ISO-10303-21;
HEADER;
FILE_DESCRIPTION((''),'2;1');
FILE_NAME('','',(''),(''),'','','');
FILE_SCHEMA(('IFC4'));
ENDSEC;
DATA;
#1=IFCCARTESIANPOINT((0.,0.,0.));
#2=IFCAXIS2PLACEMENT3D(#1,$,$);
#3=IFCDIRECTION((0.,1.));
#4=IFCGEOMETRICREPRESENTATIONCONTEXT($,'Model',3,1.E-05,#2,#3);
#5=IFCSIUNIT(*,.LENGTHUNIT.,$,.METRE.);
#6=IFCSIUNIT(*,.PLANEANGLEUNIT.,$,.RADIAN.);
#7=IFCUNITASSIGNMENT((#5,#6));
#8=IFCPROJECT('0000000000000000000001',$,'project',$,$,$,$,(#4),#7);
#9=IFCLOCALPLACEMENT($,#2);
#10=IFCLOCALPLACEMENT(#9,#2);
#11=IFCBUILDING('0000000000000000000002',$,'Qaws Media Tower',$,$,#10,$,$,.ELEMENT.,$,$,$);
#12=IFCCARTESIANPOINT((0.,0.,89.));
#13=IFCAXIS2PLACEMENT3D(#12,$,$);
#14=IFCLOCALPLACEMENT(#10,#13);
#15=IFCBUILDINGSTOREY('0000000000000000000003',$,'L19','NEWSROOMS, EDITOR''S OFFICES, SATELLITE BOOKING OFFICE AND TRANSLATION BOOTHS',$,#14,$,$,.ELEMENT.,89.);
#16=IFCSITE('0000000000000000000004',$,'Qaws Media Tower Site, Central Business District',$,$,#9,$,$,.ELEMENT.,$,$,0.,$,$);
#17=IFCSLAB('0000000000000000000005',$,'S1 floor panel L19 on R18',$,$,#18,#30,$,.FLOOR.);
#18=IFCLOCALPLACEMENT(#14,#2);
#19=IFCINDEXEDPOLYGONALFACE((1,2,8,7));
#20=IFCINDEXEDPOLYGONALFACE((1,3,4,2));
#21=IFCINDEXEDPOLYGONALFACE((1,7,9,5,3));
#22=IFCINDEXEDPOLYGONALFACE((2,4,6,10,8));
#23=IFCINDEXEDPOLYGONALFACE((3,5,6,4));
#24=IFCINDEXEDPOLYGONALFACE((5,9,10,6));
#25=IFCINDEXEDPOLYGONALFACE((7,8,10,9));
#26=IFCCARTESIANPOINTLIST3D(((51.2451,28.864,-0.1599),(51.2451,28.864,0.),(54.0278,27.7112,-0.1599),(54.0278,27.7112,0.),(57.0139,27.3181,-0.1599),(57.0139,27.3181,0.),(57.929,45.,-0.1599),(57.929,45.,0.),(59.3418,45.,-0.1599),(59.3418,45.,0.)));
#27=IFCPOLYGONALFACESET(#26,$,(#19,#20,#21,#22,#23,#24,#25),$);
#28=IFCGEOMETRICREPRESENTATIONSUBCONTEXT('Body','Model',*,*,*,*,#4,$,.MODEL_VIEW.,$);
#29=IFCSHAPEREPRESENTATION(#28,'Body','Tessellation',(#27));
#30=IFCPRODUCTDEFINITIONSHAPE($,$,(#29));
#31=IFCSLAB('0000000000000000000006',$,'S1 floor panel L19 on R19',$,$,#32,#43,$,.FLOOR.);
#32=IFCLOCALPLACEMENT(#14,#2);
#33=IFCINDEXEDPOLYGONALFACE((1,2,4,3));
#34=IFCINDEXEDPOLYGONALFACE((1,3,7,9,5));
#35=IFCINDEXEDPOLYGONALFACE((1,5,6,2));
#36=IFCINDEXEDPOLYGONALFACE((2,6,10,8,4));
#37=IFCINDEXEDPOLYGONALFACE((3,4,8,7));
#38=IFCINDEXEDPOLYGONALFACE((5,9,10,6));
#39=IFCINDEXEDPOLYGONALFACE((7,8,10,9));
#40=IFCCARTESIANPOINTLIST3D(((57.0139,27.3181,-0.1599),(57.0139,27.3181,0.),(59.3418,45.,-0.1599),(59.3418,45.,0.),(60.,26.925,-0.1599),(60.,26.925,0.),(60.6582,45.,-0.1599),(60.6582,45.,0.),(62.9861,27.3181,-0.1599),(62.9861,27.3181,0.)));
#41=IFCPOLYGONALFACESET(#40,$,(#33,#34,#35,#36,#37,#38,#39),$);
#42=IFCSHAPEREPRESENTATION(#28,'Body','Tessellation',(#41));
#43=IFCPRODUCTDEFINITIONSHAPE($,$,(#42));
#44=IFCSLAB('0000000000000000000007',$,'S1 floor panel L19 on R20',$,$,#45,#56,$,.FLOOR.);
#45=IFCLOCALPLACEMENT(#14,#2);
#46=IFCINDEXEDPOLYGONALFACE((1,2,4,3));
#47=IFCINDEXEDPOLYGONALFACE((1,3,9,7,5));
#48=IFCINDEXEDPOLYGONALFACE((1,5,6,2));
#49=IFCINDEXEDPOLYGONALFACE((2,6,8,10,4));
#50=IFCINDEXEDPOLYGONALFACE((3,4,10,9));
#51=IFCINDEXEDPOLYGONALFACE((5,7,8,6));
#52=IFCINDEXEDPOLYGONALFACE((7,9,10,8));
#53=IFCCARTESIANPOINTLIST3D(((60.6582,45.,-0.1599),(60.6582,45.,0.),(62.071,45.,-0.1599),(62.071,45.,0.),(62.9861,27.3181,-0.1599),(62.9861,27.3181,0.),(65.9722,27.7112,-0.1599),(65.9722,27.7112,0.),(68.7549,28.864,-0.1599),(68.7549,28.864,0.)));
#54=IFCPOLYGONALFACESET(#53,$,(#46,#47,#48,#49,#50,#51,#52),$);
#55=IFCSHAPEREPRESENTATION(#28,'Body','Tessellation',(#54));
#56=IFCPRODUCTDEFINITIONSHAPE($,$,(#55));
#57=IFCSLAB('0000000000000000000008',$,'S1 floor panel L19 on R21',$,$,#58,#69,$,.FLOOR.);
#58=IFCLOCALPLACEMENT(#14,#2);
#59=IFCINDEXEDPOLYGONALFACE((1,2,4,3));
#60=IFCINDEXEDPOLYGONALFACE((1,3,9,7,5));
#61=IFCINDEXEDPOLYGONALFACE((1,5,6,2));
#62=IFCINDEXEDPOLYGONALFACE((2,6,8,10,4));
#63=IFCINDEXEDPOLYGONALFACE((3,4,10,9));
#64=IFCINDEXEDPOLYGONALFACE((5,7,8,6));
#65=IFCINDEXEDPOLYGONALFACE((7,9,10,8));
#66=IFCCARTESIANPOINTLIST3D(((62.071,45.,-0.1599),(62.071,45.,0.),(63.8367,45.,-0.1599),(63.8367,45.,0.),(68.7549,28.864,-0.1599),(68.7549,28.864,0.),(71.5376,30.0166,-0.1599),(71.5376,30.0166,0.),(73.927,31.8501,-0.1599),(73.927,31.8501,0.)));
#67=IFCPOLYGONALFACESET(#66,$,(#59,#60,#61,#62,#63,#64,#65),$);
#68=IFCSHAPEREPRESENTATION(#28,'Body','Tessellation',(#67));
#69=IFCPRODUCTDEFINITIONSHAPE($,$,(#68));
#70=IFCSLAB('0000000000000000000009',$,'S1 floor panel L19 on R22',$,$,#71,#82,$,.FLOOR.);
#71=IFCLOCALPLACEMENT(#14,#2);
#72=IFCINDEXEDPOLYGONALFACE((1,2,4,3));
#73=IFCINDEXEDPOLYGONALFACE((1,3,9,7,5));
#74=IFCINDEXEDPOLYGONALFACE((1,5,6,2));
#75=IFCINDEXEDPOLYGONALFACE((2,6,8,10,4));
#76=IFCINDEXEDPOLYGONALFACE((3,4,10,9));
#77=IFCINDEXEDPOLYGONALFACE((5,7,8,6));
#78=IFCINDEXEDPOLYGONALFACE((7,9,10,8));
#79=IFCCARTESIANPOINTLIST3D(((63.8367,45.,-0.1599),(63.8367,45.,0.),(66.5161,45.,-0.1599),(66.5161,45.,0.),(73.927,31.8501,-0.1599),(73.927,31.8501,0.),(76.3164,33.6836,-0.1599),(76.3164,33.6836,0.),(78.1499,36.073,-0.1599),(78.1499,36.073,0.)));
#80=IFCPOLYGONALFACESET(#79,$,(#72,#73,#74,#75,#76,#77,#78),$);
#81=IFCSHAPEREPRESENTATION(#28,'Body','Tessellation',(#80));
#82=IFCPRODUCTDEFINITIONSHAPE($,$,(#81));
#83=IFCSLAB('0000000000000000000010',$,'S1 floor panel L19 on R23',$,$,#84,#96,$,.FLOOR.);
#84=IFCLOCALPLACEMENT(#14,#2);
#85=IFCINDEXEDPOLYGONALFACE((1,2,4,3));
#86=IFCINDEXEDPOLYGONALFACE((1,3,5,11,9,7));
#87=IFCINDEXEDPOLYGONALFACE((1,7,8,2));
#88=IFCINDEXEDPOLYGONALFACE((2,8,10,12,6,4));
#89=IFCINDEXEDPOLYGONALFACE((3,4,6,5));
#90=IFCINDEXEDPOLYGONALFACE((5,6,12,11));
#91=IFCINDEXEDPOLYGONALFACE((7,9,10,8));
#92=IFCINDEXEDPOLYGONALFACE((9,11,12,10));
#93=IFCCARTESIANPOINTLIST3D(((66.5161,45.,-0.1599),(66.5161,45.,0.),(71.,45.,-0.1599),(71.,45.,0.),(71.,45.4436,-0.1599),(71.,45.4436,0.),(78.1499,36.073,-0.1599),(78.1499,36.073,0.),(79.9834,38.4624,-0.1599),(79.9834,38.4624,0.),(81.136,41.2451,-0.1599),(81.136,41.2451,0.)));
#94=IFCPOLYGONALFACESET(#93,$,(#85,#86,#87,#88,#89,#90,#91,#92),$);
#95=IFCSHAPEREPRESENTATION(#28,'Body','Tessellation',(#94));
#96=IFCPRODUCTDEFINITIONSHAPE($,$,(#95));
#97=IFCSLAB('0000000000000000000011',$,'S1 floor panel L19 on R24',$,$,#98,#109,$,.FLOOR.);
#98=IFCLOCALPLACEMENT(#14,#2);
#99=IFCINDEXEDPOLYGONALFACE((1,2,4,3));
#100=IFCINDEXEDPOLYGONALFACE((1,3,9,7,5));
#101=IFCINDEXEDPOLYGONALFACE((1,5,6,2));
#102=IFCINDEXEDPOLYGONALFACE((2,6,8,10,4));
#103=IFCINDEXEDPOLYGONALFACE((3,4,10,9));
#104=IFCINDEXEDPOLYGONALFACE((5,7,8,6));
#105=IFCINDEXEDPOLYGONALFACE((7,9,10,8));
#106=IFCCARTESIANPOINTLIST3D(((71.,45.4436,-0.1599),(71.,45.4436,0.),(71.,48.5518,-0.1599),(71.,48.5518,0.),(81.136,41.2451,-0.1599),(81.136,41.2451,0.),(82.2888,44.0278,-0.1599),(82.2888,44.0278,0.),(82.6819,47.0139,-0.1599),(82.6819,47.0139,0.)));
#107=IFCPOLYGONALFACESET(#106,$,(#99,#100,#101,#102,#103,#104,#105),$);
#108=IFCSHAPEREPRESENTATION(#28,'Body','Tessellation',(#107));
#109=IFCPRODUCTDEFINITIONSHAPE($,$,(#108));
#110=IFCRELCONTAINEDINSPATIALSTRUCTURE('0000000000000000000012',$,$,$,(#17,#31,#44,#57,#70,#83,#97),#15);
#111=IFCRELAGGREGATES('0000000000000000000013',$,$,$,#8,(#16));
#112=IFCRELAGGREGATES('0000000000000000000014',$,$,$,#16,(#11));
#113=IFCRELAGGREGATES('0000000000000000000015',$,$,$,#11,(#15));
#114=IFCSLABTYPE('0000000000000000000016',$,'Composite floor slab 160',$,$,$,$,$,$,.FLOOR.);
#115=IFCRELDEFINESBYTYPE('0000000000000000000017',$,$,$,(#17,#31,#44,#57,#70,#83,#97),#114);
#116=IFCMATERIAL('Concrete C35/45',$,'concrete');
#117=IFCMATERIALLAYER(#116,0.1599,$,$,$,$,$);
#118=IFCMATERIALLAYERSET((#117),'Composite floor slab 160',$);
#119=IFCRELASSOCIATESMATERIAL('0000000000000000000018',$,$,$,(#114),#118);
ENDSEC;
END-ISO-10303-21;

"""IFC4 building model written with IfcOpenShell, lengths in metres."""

from ifc_helpers import new_model, si_unit, direction, frame, origin, place, context, subcontext, project, spatial, polyline, outline, extrude, material, layer, layer_set, type_object, element, save


model = new_model("IFC4")

# Units and contexts
model_context = context("Model", 3, precision=1e-05, world=origin(), true_north=direction((0.0, 1.0)))
body_context = subcontext(model_context, "Body", "Model", "MODEL_VIEW")
ifc_project = project(units=[si_unit("LENGTHUNIT", "METRE"), si_unit("PLANEANGLEUNIT", "RADIAN")], contexts=[model_context])

# Site, building, storey
site_placement = place(None, origin())
site = spatial("IfcSite", under=ifc_project, at=site_placement, Name="Qaws Media Tower Site, Central Business District", CompositionType="ELEMENT", RefElevation=0.0)
building_placement = place(site_placement, origin())
building = spatial("IfcBuilding", under=site, at=building_placement, Name="Qaws Media Tower", CompositionType="ELEMENT")
storey_placement = place(building_placement, frame((0.0, 0.0, 89.0)))
storey = spatial("IfcBuildingStorey", under=building, at=storey_placement, Name="L19", Description="NEWSROOMS, EDITOR'S OFFICES, SATELLITE BOOKING OFFICE AND TRANSLATION BOOTHS", CompositionType="ELEMENT", Elevation=89.0)

# Slabs
ifc_material_1 = material(Name="Concrete C35/45", Category="concrete")
ifc_layer_1 = layer(ifc_material_1, 0.1599)
ifc_layer_set_1 = layer_set([ifc_layer_1], Name="Composite floor slab 160")
slab_type_1 = type_object("IfcSlabType", Name="Composite floor slab 160", PredefinedType="FLOOR", material=ifc_layer_set_1)
slab_1_placement = place(storey_placement, frame((0.0, 0.0, -0.1599)))
element("IfcSlab", 1, at=slab_1_placement, inside=storey, type_object=slab_type_1, Name="S1 floor panel L19 on R18", PredefinedType="FLOOR", context=body_context, shape_type="SweptSolid", body=[
    extrude(outline(polyline([(54.0278, 27.7112), (51.2451, 28.864), (57.929, 45.0), (59.3418, 45.0), (57.0139, 27.3181), (54.0278, 27.7112)])), origin(), (0.0, 0.0, 1.0), 0.1599),
])
slab_2_placement = place(storey_placement, frame((0.0, 0.0, -0.1599)))
element("IfcSlab", 2, at=slab_2_placement, inside=storey, type_object=slab_type_1, Name="S1 floor panel L19 on R19", PredefinedType="FLOOR", context=body_context, shape_type="SweptSolid", body=[
    extrude(outline(polyline([(60.0, 26.925), (57.0139, 27.3181), (59.3418, 45.0), (60.6582, 45.0), (62.9861, 27.3181), (60.0, 26.925)])), origin(), (0.0, 0.0, 1.0), 0.1599),
])
slab_3_placement = place(storey_placement, frame((0.0, 0.0, -0.1599)))
element("IfcSlab", 3, at=slab_3_placement, inside=storey, type_object=slab_type_1, Name="S1 floor panel L19 on R20", PredefinedType="FLOOR", context=body_context, shape_type="SweptSolid", body=[
    extrude(outline(polyline([(65.9722, 27.7112), (62.9861, 27.3181), (60.6582, 45.0), (62.071, 45.0), (68.7549, 28.864), (65.9722, 27.7112)])), origin(), (0.0, 0.0, 1.0), 0.1599),
])
slab_4_placement = place(storey_placement, frame((0.0, 0.0, -0.1599)))
element("IfcSlab", 4, at=slab_4_placement, inside=storey, type_object=slab_type_1, Name="S1 floor panel L19 on R21", PredefinedType="FLOOR", context=body_context, shape_type="SweptSolid", body=[
    extrude(outline(polyline([(71.5376, 30.0166), (68.7549, 28.864), (62.071, 45.0), (63.8367, 45.0), (73.927, 31.8501), (71.5376, 30.0166)])), origin(), (0.0, 0.0, 1.0), 0.1599),
])
slab_5_placement = place(storey_placement, frame((0.0, 0.0, -0.1599)))
element("IfcSlab", 5, at=slab_5_placement, inside=storey, type_object=slab_type_1, Name="S1 floor panel L19 on R22", PredefinedType="FLOOR", context=body_context, shape_type="SweptSolid", body=[
    extrude(outline(polyline([(76.3164, 33.6836), (73.927, 31.8501), (63.8367, 45.0), (66.5161, 45.0), (78.1499, 36.073), (76.3164, 33.6836)])), origin(), (0.0, 0.0, 1.0), 0.1599),
])
slab_6_placement = place(storey_placement, frame((0.0, 0.0, -0.1599)))
element("IfcSlab", 6, at=slab_6_placement, inside=storey, type_object=slab_type_1, Name="S1 floor panel L19 on R23", PredefinedType="FLOOR", context=body_context, shape_type="SweptSolid", body=[
    extrude(outline(polyline([(79.9834, 38.4624), (78.1499, 36.073), (66.5161, 45.0), (71.0, 45.0), (71.0, 45.4436), (81.136, 41.2451), (79.9834, 38.4624)])), origin(), (0.0, 0.0, 1.0), 0.1599),
])
slab_7_placement = place(storey_placement, frame((0.0, 0.0, -0.1599)))
element("IfcSlab", 7, at=slab_7_placement, inside=storey, type_object=slab_type_1, Name="S1 floor panel L19 on R24", PredefinedType="FLOOR", context=body_context, shape_type="SweptSolid", body=[
    extrude(outline(polyline([(81.136, 41.2451), (71.0, 45.4436), (71.0, 48.5518), (82.6819, 47.0139), (82.2888, 44.0278), (81.136, 41.2451)])), origin(), (0.0, 0.0, 1.0), 0.1599),
])

save(model, "model.ifc")
